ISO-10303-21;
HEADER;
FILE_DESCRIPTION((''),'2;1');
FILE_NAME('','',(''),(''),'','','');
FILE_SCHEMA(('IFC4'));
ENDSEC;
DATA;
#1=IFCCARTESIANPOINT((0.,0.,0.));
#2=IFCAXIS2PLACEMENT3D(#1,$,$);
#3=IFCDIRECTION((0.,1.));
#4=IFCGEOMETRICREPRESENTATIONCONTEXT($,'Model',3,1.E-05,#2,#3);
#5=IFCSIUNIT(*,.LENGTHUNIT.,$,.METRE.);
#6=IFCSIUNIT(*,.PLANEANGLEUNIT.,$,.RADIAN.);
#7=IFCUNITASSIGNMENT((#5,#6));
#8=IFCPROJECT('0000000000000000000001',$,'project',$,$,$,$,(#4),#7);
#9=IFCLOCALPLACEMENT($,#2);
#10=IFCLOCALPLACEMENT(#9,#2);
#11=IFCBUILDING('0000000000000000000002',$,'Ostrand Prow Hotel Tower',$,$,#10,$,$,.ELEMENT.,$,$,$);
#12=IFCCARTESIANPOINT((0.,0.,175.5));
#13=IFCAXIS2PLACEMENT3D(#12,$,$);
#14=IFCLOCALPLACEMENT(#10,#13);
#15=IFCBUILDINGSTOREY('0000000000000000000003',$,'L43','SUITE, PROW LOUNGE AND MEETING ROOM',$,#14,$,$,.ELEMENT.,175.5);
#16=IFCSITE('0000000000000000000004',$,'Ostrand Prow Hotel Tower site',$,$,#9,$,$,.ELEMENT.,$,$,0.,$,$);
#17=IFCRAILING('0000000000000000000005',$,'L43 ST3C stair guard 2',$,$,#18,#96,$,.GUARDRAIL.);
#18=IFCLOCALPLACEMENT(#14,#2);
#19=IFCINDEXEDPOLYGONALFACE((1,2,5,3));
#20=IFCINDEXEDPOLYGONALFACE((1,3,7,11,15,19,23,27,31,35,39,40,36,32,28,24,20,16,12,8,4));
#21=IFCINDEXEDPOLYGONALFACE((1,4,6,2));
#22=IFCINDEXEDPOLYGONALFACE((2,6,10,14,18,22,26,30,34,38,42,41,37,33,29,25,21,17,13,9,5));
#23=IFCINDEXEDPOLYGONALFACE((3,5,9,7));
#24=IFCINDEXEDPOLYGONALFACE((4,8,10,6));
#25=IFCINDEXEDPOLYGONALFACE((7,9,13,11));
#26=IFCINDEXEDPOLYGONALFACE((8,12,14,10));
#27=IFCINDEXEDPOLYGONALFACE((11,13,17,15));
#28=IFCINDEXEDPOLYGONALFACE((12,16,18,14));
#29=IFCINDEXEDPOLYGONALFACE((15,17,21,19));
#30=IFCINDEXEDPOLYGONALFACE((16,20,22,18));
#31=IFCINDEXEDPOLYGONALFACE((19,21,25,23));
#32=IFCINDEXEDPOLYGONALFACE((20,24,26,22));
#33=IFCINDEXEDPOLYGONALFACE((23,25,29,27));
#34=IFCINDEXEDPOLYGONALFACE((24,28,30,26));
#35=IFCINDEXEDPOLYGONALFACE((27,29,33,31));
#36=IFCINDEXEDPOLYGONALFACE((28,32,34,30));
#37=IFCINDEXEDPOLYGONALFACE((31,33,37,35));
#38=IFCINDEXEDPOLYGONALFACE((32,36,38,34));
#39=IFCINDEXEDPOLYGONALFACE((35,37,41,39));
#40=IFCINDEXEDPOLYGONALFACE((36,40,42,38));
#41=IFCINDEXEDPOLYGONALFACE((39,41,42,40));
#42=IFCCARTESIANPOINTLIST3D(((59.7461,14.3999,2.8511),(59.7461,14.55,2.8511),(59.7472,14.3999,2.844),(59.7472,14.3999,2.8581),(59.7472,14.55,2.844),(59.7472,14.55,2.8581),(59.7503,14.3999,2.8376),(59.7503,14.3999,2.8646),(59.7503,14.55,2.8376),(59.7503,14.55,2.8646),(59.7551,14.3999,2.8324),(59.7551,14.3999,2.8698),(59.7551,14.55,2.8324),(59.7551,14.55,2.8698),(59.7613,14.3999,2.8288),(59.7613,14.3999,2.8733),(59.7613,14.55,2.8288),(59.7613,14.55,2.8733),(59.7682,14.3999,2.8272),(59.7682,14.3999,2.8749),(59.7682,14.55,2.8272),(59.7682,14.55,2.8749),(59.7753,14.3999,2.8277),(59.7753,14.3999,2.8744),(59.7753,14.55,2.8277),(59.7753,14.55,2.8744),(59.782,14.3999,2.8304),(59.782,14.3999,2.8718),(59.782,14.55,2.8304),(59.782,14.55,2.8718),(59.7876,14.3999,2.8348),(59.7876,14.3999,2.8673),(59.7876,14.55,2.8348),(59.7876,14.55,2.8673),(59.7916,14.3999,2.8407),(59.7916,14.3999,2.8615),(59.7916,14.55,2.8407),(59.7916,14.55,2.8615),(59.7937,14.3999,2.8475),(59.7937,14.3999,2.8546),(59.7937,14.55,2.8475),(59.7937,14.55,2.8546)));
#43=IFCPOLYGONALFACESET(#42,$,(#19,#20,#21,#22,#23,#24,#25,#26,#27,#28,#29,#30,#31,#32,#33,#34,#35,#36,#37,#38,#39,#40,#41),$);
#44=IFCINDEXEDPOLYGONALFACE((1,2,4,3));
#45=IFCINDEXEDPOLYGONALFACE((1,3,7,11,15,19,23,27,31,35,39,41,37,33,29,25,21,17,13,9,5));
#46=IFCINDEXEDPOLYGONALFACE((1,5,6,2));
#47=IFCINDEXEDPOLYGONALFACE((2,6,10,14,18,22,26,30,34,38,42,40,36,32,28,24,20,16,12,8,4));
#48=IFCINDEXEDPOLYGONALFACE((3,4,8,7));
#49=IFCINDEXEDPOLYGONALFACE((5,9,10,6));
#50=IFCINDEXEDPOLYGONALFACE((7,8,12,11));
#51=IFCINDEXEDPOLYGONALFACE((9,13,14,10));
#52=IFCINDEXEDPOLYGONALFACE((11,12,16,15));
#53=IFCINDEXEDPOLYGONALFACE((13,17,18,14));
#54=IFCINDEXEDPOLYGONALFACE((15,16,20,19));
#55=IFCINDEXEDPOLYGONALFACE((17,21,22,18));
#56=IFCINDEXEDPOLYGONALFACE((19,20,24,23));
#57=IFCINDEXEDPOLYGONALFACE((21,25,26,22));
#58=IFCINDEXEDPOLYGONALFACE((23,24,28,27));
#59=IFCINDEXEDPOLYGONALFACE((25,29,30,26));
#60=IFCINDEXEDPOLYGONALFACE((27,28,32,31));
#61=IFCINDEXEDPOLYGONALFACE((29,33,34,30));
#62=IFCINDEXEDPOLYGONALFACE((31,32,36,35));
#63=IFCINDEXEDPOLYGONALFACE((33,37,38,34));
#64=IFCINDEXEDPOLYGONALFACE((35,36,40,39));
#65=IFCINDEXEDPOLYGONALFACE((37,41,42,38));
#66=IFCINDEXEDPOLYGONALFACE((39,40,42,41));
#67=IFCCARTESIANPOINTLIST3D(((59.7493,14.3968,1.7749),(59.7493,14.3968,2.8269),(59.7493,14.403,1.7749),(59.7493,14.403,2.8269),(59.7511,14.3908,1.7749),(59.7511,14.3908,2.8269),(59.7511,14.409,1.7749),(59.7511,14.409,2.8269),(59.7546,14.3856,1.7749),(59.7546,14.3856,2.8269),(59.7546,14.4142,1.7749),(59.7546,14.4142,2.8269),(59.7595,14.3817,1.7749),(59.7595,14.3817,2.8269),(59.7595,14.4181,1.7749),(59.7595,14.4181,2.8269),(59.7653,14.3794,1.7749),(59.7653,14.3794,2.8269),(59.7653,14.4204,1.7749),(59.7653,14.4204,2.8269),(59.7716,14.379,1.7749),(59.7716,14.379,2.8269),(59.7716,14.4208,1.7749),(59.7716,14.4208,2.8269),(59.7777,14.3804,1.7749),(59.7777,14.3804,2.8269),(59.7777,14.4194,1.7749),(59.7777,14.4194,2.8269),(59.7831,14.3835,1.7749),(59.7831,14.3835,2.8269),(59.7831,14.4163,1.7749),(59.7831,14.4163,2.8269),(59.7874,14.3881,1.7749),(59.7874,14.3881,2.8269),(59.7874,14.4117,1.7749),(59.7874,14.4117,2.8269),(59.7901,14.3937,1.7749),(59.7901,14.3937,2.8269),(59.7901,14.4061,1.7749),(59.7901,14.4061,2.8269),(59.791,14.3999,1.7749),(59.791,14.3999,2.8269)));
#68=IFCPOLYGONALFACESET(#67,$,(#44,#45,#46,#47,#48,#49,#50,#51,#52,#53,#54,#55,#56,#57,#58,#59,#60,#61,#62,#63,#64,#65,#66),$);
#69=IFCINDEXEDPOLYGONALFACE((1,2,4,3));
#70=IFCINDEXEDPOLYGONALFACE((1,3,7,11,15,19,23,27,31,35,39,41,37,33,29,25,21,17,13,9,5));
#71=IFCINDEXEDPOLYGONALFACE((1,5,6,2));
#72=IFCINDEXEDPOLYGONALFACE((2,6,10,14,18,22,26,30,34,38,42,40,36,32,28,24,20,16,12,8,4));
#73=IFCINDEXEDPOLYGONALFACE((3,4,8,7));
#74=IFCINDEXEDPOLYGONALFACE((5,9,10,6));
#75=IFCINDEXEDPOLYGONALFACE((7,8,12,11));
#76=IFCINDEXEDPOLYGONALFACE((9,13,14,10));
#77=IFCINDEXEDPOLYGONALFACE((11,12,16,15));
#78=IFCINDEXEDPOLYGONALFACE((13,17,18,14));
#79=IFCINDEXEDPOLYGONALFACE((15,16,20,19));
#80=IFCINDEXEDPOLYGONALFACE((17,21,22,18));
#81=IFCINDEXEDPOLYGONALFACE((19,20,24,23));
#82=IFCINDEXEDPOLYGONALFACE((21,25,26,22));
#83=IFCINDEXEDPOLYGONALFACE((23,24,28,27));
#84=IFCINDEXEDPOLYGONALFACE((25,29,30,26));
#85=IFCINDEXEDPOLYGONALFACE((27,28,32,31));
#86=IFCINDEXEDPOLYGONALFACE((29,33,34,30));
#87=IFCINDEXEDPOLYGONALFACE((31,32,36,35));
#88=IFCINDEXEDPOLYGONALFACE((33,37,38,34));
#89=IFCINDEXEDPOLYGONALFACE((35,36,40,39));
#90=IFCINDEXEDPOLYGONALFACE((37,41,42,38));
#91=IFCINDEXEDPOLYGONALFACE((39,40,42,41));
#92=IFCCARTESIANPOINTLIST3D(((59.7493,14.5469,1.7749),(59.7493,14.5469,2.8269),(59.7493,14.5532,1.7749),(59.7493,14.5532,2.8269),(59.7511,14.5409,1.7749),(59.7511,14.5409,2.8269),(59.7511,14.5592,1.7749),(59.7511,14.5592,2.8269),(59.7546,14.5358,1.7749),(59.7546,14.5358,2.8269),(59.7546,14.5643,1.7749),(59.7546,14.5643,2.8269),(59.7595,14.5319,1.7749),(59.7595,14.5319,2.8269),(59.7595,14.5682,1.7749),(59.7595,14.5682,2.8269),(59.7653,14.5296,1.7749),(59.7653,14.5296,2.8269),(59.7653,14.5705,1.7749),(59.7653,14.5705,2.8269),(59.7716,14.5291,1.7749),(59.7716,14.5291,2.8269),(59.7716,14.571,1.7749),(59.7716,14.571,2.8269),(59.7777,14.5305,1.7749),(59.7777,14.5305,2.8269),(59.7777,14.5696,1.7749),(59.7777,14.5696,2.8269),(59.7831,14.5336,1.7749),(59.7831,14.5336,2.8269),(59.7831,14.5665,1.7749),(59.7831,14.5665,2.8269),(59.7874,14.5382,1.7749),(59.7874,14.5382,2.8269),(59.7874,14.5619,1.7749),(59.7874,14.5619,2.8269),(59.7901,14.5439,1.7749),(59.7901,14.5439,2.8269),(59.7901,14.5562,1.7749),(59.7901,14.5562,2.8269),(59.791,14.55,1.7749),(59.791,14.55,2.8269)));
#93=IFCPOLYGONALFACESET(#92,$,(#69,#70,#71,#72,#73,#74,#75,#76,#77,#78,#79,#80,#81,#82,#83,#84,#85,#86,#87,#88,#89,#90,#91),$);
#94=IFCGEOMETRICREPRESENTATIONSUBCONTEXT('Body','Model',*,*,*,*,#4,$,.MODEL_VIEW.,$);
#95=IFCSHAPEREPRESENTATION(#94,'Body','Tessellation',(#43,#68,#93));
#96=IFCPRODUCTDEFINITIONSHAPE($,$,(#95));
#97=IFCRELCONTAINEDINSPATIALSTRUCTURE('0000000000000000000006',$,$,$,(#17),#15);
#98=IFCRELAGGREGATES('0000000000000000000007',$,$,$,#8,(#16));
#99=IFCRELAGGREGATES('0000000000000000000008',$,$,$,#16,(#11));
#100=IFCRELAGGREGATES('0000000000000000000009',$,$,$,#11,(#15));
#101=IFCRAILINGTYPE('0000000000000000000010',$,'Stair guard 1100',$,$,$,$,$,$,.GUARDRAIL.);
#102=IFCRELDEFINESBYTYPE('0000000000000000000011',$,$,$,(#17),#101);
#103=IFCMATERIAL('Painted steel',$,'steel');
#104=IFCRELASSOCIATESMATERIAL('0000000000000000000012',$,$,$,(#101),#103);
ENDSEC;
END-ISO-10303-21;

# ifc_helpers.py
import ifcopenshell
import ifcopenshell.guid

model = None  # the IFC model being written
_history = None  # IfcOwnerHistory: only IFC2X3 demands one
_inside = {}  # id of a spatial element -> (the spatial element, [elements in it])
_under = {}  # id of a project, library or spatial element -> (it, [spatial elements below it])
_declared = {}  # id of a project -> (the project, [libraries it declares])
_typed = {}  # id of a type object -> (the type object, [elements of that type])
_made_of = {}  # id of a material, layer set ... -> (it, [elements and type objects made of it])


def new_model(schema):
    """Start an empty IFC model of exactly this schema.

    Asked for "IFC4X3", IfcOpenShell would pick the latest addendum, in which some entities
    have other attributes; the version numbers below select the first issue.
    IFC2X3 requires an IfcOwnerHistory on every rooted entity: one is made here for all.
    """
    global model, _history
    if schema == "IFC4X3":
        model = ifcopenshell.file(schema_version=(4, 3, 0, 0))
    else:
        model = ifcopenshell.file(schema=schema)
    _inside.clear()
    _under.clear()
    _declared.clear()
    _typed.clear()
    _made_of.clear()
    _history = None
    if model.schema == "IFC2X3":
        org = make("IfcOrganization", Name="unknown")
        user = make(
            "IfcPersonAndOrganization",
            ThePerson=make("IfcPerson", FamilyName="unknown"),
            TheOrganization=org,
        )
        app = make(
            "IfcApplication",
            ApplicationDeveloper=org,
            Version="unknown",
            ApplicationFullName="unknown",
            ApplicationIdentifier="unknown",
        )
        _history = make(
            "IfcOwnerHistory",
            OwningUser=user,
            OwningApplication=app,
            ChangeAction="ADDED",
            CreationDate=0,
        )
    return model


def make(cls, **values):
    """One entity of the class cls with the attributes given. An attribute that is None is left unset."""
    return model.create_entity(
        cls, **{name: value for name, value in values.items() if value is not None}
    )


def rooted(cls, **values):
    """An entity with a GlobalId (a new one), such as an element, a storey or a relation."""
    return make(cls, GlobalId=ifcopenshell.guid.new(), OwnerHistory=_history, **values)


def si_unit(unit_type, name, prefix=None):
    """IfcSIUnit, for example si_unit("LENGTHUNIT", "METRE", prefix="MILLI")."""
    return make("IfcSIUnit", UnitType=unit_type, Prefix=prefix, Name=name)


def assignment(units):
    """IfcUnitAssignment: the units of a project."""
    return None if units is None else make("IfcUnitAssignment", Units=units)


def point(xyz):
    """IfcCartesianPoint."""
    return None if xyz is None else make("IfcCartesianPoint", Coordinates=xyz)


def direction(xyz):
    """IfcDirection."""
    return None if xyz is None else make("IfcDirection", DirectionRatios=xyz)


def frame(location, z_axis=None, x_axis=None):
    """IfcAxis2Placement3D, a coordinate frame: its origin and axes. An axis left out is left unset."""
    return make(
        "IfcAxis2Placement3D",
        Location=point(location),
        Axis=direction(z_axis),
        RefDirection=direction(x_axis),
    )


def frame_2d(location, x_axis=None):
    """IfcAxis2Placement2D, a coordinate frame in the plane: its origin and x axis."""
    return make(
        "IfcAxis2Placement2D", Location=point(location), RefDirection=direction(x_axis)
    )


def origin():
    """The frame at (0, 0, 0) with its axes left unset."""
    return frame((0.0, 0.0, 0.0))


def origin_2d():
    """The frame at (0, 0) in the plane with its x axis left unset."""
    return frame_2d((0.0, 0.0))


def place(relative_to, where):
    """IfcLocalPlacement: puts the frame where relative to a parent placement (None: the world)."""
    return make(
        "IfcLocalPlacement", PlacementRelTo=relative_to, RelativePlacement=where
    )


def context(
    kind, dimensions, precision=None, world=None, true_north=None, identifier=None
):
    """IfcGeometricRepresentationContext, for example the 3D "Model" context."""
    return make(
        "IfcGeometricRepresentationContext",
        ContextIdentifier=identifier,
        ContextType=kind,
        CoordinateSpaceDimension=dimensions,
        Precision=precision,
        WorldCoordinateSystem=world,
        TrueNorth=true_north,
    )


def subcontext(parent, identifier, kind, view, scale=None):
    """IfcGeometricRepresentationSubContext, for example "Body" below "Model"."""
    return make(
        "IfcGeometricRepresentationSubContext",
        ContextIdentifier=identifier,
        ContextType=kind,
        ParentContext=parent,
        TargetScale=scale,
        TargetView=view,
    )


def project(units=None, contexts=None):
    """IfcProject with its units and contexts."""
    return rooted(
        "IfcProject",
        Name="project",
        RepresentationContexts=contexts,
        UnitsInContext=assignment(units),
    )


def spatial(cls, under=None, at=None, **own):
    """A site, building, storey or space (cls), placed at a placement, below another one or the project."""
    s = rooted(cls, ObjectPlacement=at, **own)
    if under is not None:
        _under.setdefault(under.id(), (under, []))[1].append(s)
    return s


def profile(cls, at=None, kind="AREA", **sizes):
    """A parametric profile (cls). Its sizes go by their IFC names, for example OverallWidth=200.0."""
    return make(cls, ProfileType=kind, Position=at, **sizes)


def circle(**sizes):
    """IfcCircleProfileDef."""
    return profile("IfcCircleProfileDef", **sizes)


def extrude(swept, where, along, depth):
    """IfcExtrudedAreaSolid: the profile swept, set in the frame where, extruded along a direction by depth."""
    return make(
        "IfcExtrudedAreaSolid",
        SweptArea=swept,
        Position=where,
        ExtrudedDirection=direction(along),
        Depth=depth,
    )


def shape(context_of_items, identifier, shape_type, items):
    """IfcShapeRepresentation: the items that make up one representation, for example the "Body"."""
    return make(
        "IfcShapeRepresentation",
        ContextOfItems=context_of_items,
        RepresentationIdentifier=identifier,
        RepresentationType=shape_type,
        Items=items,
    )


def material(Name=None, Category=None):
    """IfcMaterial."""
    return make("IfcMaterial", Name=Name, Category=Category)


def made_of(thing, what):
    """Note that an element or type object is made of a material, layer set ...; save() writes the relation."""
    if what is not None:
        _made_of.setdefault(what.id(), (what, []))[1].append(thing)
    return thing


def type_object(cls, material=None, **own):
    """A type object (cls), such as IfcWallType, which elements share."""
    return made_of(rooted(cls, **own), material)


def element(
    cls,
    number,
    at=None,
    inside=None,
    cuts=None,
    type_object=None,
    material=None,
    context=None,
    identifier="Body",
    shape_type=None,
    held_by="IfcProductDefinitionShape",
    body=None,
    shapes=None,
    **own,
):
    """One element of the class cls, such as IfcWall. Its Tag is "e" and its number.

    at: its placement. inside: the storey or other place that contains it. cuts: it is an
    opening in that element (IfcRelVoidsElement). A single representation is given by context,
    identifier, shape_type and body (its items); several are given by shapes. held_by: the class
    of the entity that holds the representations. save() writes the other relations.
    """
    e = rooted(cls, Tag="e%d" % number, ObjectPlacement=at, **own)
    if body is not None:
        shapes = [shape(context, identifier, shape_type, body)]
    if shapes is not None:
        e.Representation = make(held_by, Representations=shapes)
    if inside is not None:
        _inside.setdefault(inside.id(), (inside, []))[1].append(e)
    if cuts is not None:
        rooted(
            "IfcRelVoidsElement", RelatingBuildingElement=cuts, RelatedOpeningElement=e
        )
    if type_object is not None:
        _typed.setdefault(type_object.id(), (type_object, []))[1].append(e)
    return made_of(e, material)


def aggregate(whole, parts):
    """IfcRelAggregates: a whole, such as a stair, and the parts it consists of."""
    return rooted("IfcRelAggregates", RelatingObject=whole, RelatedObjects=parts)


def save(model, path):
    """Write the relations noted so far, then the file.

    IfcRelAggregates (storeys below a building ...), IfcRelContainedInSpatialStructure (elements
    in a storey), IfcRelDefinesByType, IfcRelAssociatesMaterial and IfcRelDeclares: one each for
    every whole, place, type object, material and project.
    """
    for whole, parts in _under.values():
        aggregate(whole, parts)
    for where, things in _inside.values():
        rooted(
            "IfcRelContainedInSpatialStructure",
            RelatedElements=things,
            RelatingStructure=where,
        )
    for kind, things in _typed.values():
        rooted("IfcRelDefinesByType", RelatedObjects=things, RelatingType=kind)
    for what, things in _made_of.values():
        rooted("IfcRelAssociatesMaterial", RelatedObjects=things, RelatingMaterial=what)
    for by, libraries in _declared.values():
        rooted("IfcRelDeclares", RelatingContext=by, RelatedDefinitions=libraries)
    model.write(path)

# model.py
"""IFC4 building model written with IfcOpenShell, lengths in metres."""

from ifc_helpers import new_model, si_unit, direction, frame, origin, origin_2d, place, context, subcontext, project, spatial, circle, extrude, material, type_object, element, save


model = new_model("IFC4")

# Units and contexts
model_context = context("Model", 3, precision=1e-05, world=origin(), true_north=direction((0.0, 1.0)))
body_context = subcontext(model_context, "Body", "Model", "MODEL_VIEW")
ifc_project = project(units=[si_unit("LENGTHUNIT", "METRE"), si_unit("PLANEANGLEUNIT", "RADIAN")], contexts=[model_context])

# Site, building, storey
site_placement = place(None, origin())
site = spatial("IfcSite", under=ifc_project, at=site_placement, Name="Ostrand Prow Hotel Tower site", CompositionType="ELEMENT", RefElevation=0.0)
building_placement = place(site_placement, origin())
building = spatial("IfcBuilding", under=site, at=building_placement, Name="Ostrand Prow Hotel Tower", CompositionType="ELEMENT")
storey_placement = place(building_placement, frame((0.0, 0.0, 175.5)))
storey = spatial("IfcBuildingStorey", under=building, at=storey_placement, Name="L43", Description="SUITE, PROW LOUNGE AND MEETING ROOM", CompositionType="ELEMENT", Elevation=175.5)

# Railing
ifc_material_1 = material(Name="Painted steel", Category="steel")
railing_type_1 = type_object("IfcRailingType", Name="Stair guard 1100", PredefinedType="GUARDRAIL", material=ifc_material_1)
railing_1_placement = place(storey_placement, frame((59.77, 14.3999, 1.7749)))
element("IfcRailing", 1, at=railing_1_placement, inside=storey, type_object=railing_type_1, Name="L43 ST3C stair guard 2", PredefinedType="GUARDRAIL", context=body_context, shape_type="SweptSolid", body=[
    extrude(circle(Radius=0.0239, at=origin_2d()), frame((0.0, 0.0, 1.0762), z_axis=(0.0, 1.0, 0.0), x_axis=(-1.0, 0.0, 0.0)), (0.0, 0.0, 1.0), 0.1501),
    extrude(circle(Radius=0.021, at=origin_2d()), origin(), (0.0, 0.0, 1.0), 1.052),
    extrude(circle(Radius=0.021, at=origin_2d()), frame((0.0, 0.1501, 0.0)), (0.0, 0.0, 1.0), 1.052),
])

save(model, "model.ifc")
